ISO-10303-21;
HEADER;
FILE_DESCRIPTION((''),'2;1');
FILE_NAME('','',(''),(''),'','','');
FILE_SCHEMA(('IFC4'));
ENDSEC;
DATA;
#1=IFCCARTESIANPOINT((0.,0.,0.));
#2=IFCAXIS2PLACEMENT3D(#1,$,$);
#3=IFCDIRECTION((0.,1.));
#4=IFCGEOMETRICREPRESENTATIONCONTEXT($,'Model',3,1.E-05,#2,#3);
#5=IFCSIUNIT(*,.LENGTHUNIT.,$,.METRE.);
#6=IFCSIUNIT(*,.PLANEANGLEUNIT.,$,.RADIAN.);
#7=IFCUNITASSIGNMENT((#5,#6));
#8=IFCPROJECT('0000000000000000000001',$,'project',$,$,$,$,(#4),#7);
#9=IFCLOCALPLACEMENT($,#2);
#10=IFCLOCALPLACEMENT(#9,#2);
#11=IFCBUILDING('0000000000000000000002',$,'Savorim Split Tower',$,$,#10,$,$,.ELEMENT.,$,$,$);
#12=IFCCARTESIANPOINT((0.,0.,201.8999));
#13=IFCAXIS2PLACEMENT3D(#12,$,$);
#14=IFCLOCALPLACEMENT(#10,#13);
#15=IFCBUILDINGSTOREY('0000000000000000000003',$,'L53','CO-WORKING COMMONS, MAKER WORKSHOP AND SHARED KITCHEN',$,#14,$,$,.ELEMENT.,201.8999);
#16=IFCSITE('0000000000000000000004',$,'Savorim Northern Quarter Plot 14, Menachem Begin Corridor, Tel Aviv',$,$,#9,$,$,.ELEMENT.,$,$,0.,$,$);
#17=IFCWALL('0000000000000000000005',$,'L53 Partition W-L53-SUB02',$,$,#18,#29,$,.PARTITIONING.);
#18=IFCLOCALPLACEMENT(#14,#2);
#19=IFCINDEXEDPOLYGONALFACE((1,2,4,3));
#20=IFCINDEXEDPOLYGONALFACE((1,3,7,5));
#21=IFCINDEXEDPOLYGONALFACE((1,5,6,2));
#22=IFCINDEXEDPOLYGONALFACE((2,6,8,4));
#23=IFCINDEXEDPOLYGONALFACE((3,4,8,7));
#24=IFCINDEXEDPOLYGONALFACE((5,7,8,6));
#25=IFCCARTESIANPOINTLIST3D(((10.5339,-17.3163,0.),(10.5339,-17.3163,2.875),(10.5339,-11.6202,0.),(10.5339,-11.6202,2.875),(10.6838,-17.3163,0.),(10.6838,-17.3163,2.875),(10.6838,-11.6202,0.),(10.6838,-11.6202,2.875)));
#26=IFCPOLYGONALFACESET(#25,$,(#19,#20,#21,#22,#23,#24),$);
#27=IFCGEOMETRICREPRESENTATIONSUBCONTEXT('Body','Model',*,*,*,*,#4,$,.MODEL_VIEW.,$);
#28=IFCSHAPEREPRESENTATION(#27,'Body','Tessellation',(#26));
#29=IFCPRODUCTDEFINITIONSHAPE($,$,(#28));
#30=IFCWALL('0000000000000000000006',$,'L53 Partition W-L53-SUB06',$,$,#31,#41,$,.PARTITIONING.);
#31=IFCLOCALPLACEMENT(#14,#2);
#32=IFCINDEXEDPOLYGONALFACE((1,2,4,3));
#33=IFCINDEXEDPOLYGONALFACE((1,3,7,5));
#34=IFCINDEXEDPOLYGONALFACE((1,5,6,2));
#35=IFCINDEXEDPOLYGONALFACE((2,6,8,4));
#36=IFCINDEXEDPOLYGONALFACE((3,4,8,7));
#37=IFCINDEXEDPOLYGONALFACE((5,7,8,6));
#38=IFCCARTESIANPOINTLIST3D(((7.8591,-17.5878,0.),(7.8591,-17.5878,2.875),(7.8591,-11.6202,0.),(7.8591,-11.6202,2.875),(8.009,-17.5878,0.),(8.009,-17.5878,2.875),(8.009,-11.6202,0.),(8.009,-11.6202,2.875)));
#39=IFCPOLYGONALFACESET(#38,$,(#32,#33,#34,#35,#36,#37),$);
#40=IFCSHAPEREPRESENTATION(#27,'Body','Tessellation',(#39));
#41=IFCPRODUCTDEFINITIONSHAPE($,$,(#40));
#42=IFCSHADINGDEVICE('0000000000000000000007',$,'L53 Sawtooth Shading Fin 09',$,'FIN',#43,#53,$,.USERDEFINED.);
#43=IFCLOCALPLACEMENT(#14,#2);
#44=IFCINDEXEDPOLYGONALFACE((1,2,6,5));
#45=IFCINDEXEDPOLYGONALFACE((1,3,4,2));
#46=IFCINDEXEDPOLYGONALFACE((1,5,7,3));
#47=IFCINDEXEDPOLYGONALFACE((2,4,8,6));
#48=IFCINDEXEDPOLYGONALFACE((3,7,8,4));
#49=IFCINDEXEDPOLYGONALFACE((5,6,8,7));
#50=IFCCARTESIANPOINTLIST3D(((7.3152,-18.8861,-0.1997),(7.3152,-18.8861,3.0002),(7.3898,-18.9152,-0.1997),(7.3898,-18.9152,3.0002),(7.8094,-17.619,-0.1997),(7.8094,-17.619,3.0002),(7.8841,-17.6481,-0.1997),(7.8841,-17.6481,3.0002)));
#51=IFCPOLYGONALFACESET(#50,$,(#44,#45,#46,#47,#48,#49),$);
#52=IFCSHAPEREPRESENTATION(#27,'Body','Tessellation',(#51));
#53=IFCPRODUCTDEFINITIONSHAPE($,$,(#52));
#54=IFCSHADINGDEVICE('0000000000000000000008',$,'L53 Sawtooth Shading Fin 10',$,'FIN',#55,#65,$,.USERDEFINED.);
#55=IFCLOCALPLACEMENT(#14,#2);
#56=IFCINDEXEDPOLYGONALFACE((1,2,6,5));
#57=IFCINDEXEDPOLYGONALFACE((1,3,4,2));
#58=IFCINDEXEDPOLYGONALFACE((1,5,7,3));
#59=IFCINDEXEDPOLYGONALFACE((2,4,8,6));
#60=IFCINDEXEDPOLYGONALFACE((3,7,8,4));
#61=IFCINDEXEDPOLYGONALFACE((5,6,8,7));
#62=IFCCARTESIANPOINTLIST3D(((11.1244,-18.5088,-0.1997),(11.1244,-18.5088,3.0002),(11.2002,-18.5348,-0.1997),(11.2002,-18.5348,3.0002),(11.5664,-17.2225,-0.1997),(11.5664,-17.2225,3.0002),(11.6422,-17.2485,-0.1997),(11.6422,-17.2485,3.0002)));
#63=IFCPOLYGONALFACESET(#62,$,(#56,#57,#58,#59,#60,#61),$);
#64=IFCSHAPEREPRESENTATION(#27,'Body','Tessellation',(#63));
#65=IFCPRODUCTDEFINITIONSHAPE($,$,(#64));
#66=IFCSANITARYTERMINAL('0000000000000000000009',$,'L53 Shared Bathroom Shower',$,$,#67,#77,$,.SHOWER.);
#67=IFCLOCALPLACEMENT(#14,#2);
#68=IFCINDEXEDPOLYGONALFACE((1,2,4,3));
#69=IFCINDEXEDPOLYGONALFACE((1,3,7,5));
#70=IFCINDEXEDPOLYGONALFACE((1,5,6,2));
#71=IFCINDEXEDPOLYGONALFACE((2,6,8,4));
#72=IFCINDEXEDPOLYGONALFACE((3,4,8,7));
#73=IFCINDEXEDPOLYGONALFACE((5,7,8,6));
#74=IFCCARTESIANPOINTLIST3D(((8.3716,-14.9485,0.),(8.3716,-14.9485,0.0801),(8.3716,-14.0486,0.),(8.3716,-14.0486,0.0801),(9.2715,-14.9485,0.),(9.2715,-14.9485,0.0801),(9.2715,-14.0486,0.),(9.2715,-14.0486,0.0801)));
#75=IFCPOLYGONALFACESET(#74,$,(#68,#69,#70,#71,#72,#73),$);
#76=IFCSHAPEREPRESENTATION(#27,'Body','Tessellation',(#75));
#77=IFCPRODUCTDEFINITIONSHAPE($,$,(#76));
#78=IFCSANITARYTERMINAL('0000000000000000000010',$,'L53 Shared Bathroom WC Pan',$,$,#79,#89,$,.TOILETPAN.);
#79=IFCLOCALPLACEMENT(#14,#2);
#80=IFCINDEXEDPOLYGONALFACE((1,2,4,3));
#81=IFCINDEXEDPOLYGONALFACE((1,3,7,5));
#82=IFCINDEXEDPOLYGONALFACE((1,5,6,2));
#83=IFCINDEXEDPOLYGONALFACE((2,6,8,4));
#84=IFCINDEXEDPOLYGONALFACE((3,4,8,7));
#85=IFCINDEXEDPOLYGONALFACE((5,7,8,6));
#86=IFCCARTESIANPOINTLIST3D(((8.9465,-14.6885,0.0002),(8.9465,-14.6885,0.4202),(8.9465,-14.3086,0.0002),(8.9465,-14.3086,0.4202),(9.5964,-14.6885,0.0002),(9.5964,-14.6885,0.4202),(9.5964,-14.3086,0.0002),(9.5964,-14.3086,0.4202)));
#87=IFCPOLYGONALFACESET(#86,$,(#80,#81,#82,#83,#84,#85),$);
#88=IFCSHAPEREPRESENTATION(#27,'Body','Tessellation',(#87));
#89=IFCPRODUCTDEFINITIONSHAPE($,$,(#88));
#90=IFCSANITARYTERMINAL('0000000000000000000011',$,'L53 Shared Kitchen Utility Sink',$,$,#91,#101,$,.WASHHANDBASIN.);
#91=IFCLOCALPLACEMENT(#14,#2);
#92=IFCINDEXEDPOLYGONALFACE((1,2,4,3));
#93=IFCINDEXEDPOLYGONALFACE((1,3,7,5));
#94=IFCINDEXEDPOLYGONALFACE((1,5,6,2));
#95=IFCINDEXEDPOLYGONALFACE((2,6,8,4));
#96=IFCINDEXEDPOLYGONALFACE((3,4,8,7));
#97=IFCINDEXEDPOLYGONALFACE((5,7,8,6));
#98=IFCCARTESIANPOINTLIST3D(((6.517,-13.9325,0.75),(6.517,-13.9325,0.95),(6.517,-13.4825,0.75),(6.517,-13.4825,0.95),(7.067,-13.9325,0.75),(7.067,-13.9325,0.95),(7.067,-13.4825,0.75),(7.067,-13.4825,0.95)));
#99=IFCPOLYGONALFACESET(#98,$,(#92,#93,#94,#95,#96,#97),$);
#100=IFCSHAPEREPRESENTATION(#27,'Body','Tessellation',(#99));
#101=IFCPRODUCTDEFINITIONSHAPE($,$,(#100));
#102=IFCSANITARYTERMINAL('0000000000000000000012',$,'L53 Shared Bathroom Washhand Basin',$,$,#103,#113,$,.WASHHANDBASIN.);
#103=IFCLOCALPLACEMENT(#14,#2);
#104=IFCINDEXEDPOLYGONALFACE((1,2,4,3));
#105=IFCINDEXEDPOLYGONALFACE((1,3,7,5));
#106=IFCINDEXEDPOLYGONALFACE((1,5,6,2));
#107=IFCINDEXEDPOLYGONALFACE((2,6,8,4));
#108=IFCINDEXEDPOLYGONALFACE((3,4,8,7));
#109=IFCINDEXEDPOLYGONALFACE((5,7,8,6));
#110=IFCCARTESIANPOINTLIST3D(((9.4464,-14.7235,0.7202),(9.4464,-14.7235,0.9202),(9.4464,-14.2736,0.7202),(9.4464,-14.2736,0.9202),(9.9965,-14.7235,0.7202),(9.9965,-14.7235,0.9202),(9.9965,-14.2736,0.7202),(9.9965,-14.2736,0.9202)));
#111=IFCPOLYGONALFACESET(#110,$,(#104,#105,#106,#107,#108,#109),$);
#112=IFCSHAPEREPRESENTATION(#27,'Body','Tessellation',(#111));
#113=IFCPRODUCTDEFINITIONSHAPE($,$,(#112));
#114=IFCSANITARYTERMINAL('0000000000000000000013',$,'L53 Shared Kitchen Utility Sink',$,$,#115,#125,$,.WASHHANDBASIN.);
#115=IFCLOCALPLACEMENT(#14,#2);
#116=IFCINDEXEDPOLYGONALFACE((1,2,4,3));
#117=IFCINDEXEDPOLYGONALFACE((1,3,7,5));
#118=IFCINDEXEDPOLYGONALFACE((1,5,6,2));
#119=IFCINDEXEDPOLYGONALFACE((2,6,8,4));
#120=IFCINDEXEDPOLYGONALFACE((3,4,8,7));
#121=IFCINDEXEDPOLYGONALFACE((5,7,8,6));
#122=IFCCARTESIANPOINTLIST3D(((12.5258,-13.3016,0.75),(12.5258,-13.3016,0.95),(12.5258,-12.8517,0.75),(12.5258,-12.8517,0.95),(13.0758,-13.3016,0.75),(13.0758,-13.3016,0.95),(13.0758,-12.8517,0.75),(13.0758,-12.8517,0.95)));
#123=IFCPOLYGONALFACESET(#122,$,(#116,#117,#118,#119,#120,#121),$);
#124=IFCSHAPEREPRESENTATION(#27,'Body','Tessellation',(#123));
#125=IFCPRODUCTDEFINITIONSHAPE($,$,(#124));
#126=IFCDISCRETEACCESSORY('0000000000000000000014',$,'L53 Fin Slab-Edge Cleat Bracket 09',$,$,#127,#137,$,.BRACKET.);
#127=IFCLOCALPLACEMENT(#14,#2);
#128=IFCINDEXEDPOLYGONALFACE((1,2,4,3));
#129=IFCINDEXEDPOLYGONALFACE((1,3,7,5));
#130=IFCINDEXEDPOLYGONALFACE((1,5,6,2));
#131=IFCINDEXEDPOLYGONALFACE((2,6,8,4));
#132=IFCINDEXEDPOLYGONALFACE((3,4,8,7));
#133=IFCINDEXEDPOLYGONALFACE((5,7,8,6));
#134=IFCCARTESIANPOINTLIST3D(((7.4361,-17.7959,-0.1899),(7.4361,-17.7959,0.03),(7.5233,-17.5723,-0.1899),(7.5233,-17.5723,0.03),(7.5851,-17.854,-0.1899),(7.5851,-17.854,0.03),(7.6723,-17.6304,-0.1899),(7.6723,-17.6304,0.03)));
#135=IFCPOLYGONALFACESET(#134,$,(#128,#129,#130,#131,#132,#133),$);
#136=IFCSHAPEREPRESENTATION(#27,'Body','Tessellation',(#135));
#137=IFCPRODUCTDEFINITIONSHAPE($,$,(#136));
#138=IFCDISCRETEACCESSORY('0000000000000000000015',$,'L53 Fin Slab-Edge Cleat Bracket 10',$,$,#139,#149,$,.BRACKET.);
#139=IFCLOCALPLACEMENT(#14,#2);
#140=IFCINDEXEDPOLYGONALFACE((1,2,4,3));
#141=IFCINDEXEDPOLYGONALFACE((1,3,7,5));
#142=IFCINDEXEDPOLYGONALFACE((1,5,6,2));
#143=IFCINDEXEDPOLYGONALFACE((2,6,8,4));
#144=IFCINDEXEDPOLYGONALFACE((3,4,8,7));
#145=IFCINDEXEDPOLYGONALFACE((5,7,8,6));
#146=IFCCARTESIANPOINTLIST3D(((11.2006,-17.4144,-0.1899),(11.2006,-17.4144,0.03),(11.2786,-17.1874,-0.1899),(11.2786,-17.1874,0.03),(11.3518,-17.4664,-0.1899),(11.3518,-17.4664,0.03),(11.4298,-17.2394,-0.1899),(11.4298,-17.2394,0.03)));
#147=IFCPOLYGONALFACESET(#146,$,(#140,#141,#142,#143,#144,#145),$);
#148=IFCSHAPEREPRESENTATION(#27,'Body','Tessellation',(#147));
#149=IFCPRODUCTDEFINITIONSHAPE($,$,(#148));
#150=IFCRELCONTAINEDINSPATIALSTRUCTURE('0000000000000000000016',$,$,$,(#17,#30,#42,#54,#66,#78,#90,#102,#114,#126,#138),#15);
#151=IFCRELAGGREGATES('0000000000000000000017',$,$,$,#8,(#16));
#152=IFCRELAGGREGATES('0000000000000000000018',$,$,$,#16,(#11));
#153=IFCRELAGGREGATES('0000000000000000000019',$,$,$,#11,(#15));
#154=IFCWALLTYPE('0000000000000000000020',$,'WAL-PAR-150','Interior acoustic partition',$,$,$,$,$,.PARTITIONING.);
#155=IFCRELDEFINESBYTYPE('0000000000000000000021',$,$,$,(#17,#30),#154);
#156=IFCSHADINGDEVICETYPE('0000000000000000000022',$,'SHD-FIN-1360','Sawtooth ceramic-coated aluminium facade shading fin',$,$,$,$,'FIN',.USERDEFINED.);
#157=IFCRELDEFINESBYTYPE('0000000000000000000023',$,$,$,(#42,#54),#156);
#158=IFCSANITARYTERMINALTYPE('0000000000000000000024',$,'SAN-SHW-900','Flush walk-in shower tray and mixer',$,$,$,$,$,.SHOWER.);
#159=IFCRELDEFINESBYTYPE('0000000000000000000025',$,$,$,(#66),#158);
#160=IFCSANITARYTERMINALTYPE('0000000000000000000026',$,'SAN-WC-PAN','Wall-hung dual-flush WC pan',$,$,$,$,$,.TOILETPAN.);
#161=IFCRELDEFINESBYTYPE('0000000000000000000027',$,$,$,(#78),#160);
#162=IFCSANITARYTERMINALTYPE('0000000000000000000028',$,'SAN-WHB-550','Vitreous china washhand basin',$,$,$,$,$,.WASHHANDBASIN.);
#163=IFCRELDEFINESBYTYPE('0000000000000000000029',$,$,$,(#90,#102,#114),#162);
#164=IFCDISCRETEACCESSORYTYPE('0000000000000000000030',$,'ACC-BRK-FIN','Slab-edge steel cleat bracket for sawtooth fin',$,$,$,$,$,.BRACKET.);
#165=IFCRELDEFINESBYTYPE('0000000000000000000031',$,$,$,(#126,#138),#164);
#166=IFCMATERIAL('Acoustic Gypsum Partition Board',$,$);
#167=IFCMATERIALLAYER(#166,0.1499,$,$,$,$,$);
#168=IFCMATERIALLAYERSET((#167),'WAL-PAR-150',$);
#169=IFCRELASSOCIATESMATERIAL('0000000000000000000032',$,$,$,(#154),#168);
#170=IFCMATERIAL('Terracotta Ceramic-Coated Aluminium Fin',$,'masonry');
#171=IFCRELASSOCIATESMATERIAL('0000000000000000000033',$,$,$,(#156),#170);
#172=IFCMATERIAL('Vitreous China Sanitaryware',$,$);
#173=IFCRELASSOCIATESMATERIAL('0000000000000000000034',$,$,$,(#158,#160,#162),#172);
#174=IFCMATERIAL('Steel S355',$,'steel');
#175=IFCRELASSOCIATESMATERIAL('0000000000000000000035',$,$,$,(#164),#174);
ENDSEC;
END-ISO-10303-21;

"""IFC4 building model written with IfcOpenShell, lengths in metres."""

from ifc_helpers import new_model, si_unit, direction, frame, frame_2d, origin, origin_2d, place, context, subcontext, project, spatial, rectangle, extrude, material, layer, layer_set, type_object, element, save


model = new_model("IFC4")

# Units and contexts
model_context = context("Model", 3, precision=1e-05, world=origin(), true_north=direction((0.0, 1.0)))
body_context = subcontext(model_context, "Body", "Model", "MODEL_VIEW")
ifc_project = project(units=[si_unit("LENGTHUNIT", "METRE"), si_unit("PLANEANGLEUNIT", "RADIAN")], contexts=[model_context])

# Site, building, storey
site_placement = place(None, origin())
site = spatial("IfcSite", under=ifc_project, at=site_placement, Name="Savorim Northern Quarter Plot 14, Menachem Begin Corridor, Tel Aviv", CompositionType="ELEMENT", RefElevation=0.0)
building_placement = place(site_placement, origin())
building = spatial("IfcBuilding", under=site, at=building_placement, Name="Savorim Split Tower", CompositionType="ELEMENT")
storey_placement = place(building_placement, frame((0.0, 0.0, 201.8999)))
storey = spatial("IfcBuildingStorey", under=building, at=storey_placement, Name="L53", Description="CO-WORKING COMMONS, MAKER WORKSHOP AND SHARED KITCHEN", CompositionType="ELEMENT", Elevation=201.8999)

# Shared definitions
ifc_material_1 = material(Name="Steel S355", Category="steel")

# Walls
ifc_material_2 = material(Name="Acoustic Gypsum Partition Board")
ifc_layer_1 = layer(ifc_material_2, 0.1499)
ifc_layer_set_1 = layer_set([ifc_layer_1], Name="WAL-PAR-150")
wall_type = type_object("IfcWallType", Name="WAL-PAR-150", Description="Interior acoustic partition", PredefinedType="PARTITIONING", material=ifc_layer_set_1)
wall_1_placement = place(storey_placement, frame((10.6089, -11.6201, 0.0), z_axis=(0.0, 0.0, 1.0), x_axis=(0.0, -1.0, 0.0)))
element("IfcWall", 1, at=wall_1_placement, inside=storey, type_object=wall_type, Name="L53 Partition W-L53-SUB02", PredefinedType="PARTITIONING", context=body_context, shape_type="SweptSolid", body=[
    extrude(rectangle(XDim=5.696, YDim=0.1499, at=frame_2d((2.8481, 0.0))), origin(), (0.0, 0.0, 1.0), 2.875),
])
wall_2_placement = place(storey_placement, frame((7.9341, -11.6201, 0.0), z_axis=(0.0, 0.0, 1.0), x_axis=(0.0, -1.0, 0.0)))
element("IfcWall", 2, at=wall_2_placement, inside=storey, type_object=wall_type, Name="L53 Partition W-L53-SUB06", PredefinedType="PARTITIONING", context=body_context, shape_type="SweptSolid", body=[
    extrude(rectangle(XDim=5.9675, YDim=0.1499, at=frame_2d((2.9839, 0.0))), origin(), (0.0, 0.0, 1.0), 2.875),
])

# Shading devices
ifc_material_3 = material(Name="Terracotta Ceramic-Coated Aluminium Fin", Category="masonry")
shading_device_type = type_object("IfcShadingDeviceType", Name="SHD-FIN-1360", Description="Sawtooth ceramic-coated aluminium facade shading fin", ElementType="FIN", PredefinedType="USERDEFINED", material=ifc_material_3)
for number, where, z_axis, x_axis, name in (
    (3, (7.5996, -18.2671, -0.1997), (0.0, 0.0, 1.0), (-0.363415, -0.931627, 0.0), "L53 Sawtooth Shading Fin 09"),
    (4, (11.3833, -17.8787, -0.1997), (0.0, 0.0, 1.0), (-0.324994, -0.945716, 0.0), "L53 Sawtooth Shading Fin 10"),
):
    element("IfcShadingDevice", number, at=place(storey_placement, frame(where, z_axis=z_axis, x_axis=x_axis)), inside=storey, type_object=shading_device_type, Name=name, ObjectType="FIN", PredefinedType="USERDEFINED", context=body_context, shape_type="SweptSolid", body=[
        extrude(rectangle(XDim=1.3601, YDim=0.0801, at=origin_2d()), origin(), (0.0, 0.0, 1.0), 3.2),
    ])

# Sanitary terminals
ifc_material_4 = material(Name="Vitreous China Sanitaryware")
sanitary_terminal_type_1 = type_object("IfcSanitaryTerminalType", Name="SAN-SHW-900", Description="Flush walk-in shower tray and mixer", PredefinedType="SHOWER", material=ifc_material_4)
sanitary_terminal_1_placement = place(storey_placement, frame((8.8215, -14.4985, 0.0), z_axis=(0.0, 0.0, 1.0), x_axis=(1.0, 0.0, 0.0)))
element("IfcSanitaryTerminal", 5, at=sanitary_terminal_1_placement, inside=storey, type_object=sanitary_terminal_type_1, Name="L53 Shared Bathroom Shower", PredefinedType="SHOWER", context=body_context, shape_type="SweptSolid", body=[
    extrude(rectangle(XDim=0.8999, YDim=0.8999, at=origin_2d()), origin(), (0.0, 0.0, 1.0), 0.0801),
])
sanitary_terminal_type_2 = type_object("IfcSanitaryTerminalType", Name="SAN-WC-PAN", Description="Wall-hung dual-flush WC pan", PredefinedType="TOILETPAN", material=ifc_material_4)
sanitary_terminal_2_placement = place(storey_placement, frame((9.2715, -14.4985, 0.0002), z_axis=(0.0, 0.0, 1.0), x_axis=(1.0, 0.0, 0.0)))
element("IfcSanitaryTerminal", 6, at=sanitary_terminal_2_placement, inside=storey, type_object=sanitary_terminal_type_2, Name="L53 Shared Bathroom WC Pan", PredefinedType="TOILETPAN", context=body_context, shape_type="SweptSolid", body=[
    extrude(rectangle(XDim=0.6499, YDim=0.3799, at=origin_2d()), origin(), (0.0, 0.0, 1.0), 0.4199),
])
sanitary_terminal_type_3 = type_object("IfcSanitaryTerminalType", Name="SAN-WHB-550", Description="Vitreous china washhand basin", PredefinedType="WASHHANDBASIN", material=ifc_material_4)
for number, where, z_axis, x_axis, name in (
    (7, (6.792, -13.7075, 0.75), (0.0, 0.0, 1.0), (1.0, 0.0, 0.0), "L53 Shared Kitchen Utility Sink"),
    (8, (9.7214, -14.4985, 0.7202), (0.0, 0.0, 1.0), (1.0, 0.0, 0.0), "L53 Shared Bathroom Washhand Basin"),
    (9, (12.8008, -13.0767, 0.75), (0.0, 0.0, 1.0), (1.0, 0.0, 0.0), "L53 Shared Kitchen Utility Sink"),
):
    element("IfcSanitaryTerminal", number, at=place(storey_placement, frame(where, z_axis=z_axis, x_axis=x_axis)), inside=storey, type_object=sanitary_terminal_type_3, Name=name, PredefinedType="WASHHANDBASIN", context=body_context, shape_type="SweptSolid", body=[
        extrude(rectangle(XDim=0.55, YDim=0.45, at=origin_2d()), origin(), (0.0, 0.0, 1.0), 0.2),
    ])

# Discrete accessories
discrete_accessory_type = type_object("IfcDiscreteAccessoryType", Name="ACC-BRK-FIN", Description="Slab-edge steel cleat bracket for sawtooth fin", PredefinedType="BRACKET", material=ifc_material_1)
for number, where, z_axis, x_axis, name in (
    (10, (7.5542, -17.7131, -0.1899), (0.0, 0.0, 1.0), (-0.363415, -0.931627, 0.0), "L53 Fin Slab-Edge Cleat Bracket 09"),
    (11, (11.3152, -17.3269, -0.1899), (0.0, 0.0, 1.0), (-0.324994, -0.945716, 0.0), "L53 Fin Slab-Edge Cleat Bracket 10"),
):
    element("IfcDiscreteAccessory", number, at=place(storey_placement, frame(where, z_axis=z_axis, x_axis=x_axis)), inside=storey, type_object=discrete_accessory_type, Name=name, PredefinedType="BRACKET", context=body_context, shape_type="SweptSolid", body=[
        extrude(rectangle(XDim=0.24, YDim=0.1599, at=origin_2d()), origin(), (0.0, 0.0, 1.0), 0.22),
    ])

save(model, "model.ifc")
